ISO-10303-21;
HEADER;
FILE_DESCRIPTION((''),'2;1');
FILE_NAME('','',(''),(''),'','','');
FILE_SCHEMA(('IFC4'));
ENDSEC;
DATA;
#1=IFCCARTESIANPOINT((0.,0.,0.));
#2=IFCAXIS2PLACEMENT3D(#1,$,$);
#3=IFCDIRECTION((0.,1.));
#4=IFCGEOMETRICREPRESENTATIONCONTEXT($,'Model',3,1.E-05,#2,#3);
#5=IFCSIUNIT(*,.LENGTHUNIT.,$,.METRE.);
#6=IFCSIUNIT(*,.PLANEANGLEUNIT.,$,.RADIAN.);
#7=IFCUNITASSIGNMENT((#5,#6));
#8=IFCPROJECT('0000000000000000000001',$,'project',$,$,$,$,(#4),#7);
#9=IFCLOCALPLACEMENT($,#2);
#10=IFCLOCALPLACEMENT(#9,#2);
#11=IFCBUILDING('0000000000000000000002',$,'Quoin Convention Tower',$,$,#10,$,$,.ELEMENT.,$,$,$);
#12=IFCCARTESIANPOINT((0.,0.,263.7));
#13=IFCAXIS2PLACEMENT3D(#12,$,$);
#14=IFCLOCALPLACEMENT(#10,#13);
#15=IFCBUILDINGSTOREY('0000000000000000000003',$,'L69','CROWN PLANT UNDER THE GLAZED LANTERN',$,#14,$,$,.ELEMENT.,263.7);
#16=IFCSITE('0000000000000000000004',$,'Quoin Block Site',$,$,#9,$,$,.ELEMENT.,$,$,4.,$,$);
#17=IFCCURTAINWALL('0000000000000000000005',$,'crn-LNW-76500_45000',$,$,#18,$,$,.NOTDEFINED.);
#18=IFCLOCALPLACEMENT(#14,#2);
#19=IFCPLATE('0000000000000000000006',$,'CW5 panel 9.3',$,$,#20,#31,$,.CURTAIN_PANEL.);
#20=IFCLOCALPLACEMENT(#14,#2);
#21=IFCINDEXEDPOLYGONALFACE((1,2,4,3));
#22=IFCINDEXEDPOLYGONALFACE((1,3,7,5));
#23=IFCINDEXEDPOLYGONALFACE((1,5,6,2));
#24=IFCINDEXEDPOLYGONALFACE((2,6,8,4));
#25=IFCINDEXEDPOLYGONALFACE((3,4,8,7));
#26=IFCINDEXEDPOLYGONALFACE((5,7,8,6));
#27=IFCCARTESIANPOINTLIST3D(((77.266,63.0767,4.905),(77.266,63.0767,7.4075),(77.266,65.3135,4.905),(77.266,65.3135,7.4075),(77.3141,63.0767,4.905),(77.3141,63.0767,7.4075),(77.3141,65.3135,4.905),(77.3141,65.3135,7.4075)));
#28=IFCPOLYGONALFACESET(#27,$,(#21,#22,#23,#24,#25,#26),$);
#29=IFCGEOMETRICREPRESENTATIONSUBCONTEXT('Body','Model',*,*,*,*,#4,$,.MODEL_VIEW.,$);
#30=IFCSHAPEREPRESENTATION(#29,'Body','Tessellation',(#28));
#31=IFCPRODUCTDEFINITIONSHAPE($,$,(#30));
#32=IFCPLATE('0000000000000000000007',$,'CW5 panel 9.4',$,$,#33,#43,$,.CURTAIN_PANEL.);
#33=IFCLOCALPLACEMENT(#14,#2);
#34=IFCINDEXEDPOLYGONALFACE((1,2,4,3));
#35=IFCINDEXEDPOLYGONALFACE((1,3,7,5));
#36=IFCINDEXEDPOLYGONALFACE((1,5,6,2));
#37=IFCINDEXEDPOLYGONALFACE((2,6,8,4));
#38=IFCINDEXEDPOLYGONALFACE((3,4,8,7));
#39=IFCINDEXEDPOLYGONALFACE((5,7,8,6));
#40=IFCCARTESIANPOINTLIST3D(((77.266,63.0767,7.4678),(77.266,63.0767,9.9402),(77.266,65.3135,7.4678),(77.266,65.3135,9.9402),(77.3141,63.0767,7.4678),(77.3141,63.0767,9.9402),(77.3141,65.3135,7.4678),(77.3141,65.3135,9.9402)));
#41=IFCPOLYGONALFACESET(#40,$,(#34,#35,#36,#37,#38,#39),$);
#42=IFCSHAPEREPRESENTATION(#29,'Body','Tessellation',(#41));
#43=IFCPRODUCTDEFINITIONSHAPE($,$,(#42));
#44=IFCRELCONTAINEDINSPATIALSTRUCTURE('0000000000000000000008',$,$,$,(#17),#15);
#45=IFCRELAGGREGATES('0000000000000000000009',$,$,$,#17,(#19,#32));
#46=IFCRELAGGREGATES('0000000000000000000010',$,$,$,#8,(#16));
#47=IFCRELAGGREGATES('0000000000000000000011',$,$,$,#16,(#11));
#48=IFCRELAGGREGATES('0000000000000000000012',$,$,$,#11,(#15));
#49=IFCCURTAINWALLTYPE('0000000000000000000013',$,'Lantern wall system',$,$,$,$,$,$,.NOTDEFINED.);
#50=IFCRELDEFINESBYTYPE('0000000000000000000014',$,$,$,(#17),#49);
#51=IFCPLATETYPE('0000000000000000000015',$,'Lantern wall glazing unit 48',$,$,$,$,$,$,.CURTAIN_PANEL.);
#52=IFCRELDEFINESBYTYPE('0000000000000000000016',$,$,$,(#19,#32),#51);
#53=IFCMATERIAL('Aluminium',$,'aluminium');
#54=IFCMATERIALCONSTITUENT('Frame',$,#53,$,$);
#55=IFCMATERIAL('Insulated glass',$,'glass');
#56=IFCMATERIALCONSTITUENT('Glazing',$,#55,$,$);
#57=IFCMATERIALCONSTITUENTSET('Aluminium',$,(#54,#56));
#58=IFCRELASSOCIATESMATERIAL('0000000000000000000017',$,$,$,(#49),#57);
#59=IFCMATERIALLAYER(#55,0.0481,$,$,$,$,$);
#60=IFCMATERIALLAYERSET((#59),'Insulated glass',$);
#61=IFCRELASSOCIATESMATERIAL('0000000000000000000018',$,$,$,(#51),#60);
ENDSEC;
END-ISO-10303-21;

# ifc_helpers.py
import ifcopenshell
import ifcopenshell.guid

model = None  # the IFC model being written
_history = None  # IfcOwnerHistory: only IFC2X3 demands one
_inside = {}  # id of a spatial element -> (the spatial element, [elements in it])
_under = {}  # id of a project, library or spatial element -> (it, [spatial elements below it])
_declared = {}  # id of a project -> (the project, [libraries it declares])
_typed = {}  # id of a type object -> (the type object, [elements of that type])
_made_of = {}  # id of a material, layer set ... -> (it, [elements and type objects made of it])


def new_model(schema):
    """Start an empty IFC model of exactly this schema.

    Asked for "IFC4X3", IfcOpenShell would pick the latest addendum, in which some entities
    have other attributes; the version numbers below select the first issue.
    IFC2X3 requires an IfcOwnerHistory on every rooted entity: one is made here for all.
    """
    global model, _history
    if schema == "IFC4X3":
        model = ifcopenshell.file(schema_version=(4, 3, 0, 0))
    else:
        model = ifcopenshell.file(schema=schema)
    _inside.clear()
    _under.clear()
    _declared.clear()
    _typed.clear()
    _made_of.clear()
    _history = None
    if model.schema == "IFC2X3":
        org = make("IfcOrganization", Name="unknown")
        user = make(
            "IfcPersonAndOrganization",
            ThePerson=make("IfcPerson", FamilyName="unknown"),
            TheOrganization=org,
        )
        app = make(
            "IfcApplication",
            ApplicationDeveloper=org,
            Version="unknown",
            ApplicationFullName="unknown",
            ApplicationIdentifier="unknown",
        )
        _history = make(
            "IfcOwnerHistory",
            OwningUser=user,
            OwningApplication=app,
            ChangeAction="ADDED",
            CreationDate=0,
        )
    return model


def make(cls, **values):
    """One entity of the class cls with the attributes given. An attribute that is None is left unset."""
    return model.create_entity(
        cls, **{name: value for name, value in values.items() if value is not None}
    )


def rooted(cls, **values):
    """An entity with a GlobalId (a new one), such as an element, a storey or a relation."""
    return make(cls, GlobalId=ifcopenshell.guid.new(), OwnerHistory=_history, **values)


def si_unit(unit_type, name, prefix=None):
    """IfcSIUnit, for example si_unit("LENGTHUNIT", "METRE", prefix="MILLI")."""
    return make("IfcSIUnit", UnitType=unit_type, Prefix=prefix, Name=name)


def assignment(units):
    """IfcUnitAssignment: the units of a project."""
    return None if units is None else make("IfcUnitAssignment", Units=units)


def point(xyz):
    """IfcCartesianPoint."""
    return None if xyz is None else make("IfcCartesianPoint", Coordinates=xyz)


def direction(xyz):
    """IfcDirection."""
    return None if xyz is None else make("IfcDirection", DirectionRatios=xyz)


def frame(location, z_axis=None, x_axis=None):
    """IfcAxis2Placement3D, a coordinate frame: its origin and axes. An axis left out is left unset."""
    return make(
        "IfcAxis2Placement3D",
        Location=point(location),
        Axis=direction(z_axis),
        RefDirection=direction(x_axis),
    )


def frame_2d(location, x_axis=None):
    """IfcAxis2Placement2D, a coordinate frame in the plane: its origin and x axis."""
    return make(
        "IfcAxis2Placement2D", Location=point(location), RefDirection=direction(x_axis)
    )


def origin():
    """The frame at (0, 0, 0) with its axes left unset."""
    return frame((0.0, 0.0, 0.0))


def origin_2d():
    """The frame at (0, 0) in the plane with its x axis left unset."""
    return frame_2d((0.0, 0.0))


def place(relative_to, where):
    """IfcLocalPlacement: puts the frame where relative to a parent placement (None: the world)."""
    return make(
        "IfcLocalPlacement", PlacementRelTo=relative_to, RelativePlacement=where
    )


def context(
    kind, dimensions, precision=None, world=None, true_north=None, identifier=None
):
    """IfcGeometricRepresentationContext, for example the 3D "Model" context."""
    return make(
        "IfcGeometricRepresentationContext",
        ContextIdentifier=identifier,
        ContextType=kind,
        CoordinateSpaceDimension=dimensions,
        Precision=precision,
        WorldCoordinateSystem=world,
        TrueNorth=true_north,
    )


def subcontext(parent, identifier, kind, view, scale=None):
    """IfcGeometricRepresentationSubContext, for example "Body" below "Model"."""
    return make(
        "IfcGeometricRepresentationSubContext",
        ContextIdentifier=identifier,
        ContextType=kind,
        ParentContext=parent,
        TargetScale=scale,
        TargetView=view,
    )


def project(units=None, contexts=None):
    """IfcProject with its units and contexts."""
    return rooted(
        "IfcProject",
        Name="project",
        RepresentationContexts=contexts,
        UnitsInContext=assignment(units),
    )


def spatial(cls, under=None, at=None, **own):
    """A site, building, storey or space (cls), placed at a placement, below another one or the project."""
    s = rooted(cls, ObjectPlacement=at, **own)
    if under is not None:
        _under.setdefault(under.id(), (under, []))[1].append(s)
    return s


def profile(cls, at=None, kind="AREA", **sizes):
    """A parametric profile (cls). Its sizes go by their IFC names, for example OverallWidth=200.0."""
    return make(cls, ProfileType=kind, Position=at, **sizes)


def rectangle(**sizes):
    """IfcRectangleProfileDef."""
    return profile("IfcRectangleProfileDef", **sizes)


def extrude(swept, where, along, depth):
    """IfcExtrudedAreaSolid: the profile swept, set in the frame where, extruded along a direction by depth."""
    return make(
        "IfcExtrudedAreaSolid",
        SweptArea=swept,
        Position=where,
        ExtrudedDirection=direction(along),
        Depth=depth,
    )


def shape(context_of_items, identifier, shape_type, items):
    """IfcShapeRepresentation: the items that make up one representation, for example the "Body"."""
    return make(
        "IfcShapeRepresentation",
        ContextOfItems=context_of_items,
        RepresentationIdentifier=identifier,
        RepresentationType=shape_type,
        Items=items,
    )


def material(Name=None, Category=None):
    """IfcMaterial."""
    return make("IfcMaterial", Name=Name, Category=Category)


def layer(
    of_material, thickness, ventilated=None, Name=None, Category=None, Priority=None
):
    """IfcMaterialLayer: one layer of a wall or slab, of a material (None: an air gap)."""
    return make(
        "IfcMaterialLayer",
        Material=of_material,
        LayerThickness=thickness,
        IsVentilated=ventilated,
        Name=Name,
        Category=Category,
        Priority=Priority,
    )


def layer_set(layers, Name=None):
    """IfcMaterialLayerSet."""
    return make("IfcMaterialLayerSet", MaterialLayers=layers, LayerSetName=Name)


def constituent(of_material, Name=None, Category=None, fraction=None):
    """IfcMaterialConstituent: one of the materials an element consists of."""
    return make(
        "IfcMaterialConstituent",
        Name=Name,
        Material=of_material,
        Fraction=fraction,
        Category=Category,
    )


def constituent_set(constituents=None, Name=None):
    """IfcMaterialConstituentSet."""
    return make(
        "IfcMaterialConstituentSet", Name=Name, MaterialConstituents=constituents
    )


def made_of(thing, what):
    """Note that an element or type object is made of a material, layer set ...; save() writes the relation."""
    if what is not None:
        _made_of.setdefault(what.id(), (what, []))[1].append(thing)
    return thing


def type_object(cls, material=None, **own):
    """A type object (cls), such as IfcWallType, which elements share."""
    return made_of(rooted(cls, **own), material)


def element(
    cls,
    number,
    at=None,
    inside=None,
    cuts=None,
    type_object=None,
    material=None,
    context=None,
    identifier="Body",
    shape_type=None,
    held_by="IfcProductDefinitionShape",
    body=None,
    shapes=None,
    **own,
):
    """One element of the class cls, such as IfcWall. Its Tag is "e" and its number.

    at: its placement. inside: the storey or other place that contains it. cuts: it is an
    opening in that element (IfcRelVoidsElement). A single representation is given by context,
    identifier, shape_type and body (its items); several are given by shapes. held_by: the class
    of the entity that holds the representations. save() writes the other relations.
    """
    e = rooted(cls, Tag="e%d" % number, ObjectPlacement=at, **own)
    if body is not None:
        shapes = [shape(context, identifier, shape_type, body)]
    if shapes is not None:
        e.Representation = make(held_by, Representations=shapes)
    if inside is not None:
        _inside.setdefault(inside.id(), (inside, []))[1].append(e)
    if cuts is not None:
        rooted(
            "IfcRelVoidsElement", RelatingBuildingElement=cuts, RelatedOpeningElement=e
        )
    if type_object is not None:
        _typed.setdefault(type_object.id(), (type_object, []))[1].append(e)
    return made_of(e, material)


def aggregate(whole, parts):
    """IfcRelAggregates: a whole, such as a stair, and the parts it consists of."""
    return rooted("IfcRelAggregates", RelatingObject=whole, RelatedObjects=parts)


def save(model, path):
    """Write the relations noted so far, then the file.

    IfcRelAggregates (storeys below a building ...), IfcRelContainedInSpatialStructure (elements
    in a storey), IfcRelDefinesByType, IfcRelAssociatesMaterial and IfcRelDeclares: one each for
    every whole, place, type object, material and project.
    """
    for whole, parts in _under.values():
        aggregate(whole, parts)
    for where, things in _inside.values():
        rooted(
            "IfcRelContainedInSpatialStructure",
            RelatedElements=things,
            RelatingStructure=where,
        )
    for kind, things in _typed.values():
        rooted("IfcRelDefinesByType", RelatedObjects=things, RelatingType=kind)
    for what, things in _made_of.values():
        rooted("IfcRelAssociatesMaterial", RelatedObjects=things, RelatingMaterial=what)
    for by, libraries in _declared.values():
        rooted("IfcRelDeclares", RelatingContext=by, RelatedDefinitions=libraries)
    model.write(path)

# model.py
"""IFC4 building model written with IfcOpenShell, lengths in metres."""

from ifc_helpers import new_model, si_unit, direction, frame, origin, origin_2d, place, context, subcontext, project, spatial, rectangle, extrude, material, layer, layer_set, constituent, constituent_set, type_object, element, aggregate, save


model = new_model("IFC4")

# Units and contexts
model_context = context("Model", 3, precision=1e-05, world=origin(), true_north=direction((0.0, 1.0)))
body_context = subcontext(model_context, "Body", "Model", "MODEL_VIEW")
ifc_project = project(units=[si_unit("LENGTHUNIT", "METRE"), si_unit("PLANEANGLEUNIT", "RADIAN")], contexts=[model_context])

# Site, building, storey
site_placement = place(None, origin())
site = spatial("IfcSite", under=ifc_project, at=site_placement, Name="Quoin Block Site", CompositionType="ELEMENT", RefElevation=4.0)
building_placement = place(site_placement, origin())
building = spatial("IfcBuilding", under=site, at=building_placement, Name="Quoin Convention Tower", CompositionType="ELEMENT")
storey_placement = place(building_placement, frame((0.0, 0.0, 263.7)))
storey = spatial("IfcBuildingStorey", under=building, at=storey_placement, Name="L69", Description="CROWN PLANT UNDER THE GLAZED LANTERN", CompositionType="ELEMENT", Elevation=263.7)

# Curtain wall
ifc_material_1 = material(Name="Aluminium", Category="aluminium")
ifc_constituent_1 = constituent(ifc_material_1, Name="Frame")
ifc_material_2 = material(Name="Insulated glass", Category="glass")
ifc_constituent_2 = constituent(ifc_material_2, Name="Glazing")
ifc_constituent_set = constituent_set(constituents=[ifc_constituent_1, ifc_constituent_2], Name="Aluminium")
curtain_wall_type = type_object("IfcCurtainWallType", Name="Lantern wall system", PredefinedType="NOTDEFINED", material=ifc_constituent_set)
curtain_wall_placement = place(storey_placement, origin())
curtain_wall = element("IfcCurtainWall", 1, at=curtain_wall_placement, inside=storey, type_object=curtain_wall_type, Name="crn-LNW-76500_45000", PredefinedType="NOTDEFINED")

# Plates
ifc_layer = layer(ifc_material_2, 0.0481)
ifc_layer_set = layer_set([ifc_layer], Name="Insulated glass")
plate_type = type_object("IfcPlateType", Name="Lantern wall glazing unit 48", PredefinedType="CURTAIN_PANEL", material=ifc_layer_set)
plate_1_placement = place(storey_placement, frame((77.29, 64.1951, 4.905), z_axis=(0.0, 0.0, 1.0), x_axis=(0.0, 1.0, 0.0)))
plate_1 = element("IfcPlate", 2, at=plate_1_placement, type_object=plate_type, Name="CW5 panel 9.3", PredefinedType="CURTAIN_PANEL", context=body_context, shape_type="SweptSolid", body=[
    extrude(rectangle(XDim=2.2368, YDim=0.0481, at=origin_2d()), origin(), (0.0, 0.0, 1.0), 2.5024),
])
plate_2_placement = place(storey_placement, frame((77.29, 64.1951, 7.4678), z_axis=(0.0, 0.0, 1.0), x_axis=(0.0, 1.0, 0.0)))
plate_2 = element("IfcPlate", 3, at=plate_2_placement, type_object=plate_type, Name="CW5 panel 9.4", PredefinedType="CURTAIN_PANEL", context=body_context, shape_type="SweptSolid", body=[
    extrude(rectangle(XDim=2.2368, YDim=0.0481, at=origin_2d()), origin(), (0.0, 0.0, 1.0), 2.4724),
])
aggregate(curtain_wall, [plate_1, plate_2])

save(model, "model.ifc")
